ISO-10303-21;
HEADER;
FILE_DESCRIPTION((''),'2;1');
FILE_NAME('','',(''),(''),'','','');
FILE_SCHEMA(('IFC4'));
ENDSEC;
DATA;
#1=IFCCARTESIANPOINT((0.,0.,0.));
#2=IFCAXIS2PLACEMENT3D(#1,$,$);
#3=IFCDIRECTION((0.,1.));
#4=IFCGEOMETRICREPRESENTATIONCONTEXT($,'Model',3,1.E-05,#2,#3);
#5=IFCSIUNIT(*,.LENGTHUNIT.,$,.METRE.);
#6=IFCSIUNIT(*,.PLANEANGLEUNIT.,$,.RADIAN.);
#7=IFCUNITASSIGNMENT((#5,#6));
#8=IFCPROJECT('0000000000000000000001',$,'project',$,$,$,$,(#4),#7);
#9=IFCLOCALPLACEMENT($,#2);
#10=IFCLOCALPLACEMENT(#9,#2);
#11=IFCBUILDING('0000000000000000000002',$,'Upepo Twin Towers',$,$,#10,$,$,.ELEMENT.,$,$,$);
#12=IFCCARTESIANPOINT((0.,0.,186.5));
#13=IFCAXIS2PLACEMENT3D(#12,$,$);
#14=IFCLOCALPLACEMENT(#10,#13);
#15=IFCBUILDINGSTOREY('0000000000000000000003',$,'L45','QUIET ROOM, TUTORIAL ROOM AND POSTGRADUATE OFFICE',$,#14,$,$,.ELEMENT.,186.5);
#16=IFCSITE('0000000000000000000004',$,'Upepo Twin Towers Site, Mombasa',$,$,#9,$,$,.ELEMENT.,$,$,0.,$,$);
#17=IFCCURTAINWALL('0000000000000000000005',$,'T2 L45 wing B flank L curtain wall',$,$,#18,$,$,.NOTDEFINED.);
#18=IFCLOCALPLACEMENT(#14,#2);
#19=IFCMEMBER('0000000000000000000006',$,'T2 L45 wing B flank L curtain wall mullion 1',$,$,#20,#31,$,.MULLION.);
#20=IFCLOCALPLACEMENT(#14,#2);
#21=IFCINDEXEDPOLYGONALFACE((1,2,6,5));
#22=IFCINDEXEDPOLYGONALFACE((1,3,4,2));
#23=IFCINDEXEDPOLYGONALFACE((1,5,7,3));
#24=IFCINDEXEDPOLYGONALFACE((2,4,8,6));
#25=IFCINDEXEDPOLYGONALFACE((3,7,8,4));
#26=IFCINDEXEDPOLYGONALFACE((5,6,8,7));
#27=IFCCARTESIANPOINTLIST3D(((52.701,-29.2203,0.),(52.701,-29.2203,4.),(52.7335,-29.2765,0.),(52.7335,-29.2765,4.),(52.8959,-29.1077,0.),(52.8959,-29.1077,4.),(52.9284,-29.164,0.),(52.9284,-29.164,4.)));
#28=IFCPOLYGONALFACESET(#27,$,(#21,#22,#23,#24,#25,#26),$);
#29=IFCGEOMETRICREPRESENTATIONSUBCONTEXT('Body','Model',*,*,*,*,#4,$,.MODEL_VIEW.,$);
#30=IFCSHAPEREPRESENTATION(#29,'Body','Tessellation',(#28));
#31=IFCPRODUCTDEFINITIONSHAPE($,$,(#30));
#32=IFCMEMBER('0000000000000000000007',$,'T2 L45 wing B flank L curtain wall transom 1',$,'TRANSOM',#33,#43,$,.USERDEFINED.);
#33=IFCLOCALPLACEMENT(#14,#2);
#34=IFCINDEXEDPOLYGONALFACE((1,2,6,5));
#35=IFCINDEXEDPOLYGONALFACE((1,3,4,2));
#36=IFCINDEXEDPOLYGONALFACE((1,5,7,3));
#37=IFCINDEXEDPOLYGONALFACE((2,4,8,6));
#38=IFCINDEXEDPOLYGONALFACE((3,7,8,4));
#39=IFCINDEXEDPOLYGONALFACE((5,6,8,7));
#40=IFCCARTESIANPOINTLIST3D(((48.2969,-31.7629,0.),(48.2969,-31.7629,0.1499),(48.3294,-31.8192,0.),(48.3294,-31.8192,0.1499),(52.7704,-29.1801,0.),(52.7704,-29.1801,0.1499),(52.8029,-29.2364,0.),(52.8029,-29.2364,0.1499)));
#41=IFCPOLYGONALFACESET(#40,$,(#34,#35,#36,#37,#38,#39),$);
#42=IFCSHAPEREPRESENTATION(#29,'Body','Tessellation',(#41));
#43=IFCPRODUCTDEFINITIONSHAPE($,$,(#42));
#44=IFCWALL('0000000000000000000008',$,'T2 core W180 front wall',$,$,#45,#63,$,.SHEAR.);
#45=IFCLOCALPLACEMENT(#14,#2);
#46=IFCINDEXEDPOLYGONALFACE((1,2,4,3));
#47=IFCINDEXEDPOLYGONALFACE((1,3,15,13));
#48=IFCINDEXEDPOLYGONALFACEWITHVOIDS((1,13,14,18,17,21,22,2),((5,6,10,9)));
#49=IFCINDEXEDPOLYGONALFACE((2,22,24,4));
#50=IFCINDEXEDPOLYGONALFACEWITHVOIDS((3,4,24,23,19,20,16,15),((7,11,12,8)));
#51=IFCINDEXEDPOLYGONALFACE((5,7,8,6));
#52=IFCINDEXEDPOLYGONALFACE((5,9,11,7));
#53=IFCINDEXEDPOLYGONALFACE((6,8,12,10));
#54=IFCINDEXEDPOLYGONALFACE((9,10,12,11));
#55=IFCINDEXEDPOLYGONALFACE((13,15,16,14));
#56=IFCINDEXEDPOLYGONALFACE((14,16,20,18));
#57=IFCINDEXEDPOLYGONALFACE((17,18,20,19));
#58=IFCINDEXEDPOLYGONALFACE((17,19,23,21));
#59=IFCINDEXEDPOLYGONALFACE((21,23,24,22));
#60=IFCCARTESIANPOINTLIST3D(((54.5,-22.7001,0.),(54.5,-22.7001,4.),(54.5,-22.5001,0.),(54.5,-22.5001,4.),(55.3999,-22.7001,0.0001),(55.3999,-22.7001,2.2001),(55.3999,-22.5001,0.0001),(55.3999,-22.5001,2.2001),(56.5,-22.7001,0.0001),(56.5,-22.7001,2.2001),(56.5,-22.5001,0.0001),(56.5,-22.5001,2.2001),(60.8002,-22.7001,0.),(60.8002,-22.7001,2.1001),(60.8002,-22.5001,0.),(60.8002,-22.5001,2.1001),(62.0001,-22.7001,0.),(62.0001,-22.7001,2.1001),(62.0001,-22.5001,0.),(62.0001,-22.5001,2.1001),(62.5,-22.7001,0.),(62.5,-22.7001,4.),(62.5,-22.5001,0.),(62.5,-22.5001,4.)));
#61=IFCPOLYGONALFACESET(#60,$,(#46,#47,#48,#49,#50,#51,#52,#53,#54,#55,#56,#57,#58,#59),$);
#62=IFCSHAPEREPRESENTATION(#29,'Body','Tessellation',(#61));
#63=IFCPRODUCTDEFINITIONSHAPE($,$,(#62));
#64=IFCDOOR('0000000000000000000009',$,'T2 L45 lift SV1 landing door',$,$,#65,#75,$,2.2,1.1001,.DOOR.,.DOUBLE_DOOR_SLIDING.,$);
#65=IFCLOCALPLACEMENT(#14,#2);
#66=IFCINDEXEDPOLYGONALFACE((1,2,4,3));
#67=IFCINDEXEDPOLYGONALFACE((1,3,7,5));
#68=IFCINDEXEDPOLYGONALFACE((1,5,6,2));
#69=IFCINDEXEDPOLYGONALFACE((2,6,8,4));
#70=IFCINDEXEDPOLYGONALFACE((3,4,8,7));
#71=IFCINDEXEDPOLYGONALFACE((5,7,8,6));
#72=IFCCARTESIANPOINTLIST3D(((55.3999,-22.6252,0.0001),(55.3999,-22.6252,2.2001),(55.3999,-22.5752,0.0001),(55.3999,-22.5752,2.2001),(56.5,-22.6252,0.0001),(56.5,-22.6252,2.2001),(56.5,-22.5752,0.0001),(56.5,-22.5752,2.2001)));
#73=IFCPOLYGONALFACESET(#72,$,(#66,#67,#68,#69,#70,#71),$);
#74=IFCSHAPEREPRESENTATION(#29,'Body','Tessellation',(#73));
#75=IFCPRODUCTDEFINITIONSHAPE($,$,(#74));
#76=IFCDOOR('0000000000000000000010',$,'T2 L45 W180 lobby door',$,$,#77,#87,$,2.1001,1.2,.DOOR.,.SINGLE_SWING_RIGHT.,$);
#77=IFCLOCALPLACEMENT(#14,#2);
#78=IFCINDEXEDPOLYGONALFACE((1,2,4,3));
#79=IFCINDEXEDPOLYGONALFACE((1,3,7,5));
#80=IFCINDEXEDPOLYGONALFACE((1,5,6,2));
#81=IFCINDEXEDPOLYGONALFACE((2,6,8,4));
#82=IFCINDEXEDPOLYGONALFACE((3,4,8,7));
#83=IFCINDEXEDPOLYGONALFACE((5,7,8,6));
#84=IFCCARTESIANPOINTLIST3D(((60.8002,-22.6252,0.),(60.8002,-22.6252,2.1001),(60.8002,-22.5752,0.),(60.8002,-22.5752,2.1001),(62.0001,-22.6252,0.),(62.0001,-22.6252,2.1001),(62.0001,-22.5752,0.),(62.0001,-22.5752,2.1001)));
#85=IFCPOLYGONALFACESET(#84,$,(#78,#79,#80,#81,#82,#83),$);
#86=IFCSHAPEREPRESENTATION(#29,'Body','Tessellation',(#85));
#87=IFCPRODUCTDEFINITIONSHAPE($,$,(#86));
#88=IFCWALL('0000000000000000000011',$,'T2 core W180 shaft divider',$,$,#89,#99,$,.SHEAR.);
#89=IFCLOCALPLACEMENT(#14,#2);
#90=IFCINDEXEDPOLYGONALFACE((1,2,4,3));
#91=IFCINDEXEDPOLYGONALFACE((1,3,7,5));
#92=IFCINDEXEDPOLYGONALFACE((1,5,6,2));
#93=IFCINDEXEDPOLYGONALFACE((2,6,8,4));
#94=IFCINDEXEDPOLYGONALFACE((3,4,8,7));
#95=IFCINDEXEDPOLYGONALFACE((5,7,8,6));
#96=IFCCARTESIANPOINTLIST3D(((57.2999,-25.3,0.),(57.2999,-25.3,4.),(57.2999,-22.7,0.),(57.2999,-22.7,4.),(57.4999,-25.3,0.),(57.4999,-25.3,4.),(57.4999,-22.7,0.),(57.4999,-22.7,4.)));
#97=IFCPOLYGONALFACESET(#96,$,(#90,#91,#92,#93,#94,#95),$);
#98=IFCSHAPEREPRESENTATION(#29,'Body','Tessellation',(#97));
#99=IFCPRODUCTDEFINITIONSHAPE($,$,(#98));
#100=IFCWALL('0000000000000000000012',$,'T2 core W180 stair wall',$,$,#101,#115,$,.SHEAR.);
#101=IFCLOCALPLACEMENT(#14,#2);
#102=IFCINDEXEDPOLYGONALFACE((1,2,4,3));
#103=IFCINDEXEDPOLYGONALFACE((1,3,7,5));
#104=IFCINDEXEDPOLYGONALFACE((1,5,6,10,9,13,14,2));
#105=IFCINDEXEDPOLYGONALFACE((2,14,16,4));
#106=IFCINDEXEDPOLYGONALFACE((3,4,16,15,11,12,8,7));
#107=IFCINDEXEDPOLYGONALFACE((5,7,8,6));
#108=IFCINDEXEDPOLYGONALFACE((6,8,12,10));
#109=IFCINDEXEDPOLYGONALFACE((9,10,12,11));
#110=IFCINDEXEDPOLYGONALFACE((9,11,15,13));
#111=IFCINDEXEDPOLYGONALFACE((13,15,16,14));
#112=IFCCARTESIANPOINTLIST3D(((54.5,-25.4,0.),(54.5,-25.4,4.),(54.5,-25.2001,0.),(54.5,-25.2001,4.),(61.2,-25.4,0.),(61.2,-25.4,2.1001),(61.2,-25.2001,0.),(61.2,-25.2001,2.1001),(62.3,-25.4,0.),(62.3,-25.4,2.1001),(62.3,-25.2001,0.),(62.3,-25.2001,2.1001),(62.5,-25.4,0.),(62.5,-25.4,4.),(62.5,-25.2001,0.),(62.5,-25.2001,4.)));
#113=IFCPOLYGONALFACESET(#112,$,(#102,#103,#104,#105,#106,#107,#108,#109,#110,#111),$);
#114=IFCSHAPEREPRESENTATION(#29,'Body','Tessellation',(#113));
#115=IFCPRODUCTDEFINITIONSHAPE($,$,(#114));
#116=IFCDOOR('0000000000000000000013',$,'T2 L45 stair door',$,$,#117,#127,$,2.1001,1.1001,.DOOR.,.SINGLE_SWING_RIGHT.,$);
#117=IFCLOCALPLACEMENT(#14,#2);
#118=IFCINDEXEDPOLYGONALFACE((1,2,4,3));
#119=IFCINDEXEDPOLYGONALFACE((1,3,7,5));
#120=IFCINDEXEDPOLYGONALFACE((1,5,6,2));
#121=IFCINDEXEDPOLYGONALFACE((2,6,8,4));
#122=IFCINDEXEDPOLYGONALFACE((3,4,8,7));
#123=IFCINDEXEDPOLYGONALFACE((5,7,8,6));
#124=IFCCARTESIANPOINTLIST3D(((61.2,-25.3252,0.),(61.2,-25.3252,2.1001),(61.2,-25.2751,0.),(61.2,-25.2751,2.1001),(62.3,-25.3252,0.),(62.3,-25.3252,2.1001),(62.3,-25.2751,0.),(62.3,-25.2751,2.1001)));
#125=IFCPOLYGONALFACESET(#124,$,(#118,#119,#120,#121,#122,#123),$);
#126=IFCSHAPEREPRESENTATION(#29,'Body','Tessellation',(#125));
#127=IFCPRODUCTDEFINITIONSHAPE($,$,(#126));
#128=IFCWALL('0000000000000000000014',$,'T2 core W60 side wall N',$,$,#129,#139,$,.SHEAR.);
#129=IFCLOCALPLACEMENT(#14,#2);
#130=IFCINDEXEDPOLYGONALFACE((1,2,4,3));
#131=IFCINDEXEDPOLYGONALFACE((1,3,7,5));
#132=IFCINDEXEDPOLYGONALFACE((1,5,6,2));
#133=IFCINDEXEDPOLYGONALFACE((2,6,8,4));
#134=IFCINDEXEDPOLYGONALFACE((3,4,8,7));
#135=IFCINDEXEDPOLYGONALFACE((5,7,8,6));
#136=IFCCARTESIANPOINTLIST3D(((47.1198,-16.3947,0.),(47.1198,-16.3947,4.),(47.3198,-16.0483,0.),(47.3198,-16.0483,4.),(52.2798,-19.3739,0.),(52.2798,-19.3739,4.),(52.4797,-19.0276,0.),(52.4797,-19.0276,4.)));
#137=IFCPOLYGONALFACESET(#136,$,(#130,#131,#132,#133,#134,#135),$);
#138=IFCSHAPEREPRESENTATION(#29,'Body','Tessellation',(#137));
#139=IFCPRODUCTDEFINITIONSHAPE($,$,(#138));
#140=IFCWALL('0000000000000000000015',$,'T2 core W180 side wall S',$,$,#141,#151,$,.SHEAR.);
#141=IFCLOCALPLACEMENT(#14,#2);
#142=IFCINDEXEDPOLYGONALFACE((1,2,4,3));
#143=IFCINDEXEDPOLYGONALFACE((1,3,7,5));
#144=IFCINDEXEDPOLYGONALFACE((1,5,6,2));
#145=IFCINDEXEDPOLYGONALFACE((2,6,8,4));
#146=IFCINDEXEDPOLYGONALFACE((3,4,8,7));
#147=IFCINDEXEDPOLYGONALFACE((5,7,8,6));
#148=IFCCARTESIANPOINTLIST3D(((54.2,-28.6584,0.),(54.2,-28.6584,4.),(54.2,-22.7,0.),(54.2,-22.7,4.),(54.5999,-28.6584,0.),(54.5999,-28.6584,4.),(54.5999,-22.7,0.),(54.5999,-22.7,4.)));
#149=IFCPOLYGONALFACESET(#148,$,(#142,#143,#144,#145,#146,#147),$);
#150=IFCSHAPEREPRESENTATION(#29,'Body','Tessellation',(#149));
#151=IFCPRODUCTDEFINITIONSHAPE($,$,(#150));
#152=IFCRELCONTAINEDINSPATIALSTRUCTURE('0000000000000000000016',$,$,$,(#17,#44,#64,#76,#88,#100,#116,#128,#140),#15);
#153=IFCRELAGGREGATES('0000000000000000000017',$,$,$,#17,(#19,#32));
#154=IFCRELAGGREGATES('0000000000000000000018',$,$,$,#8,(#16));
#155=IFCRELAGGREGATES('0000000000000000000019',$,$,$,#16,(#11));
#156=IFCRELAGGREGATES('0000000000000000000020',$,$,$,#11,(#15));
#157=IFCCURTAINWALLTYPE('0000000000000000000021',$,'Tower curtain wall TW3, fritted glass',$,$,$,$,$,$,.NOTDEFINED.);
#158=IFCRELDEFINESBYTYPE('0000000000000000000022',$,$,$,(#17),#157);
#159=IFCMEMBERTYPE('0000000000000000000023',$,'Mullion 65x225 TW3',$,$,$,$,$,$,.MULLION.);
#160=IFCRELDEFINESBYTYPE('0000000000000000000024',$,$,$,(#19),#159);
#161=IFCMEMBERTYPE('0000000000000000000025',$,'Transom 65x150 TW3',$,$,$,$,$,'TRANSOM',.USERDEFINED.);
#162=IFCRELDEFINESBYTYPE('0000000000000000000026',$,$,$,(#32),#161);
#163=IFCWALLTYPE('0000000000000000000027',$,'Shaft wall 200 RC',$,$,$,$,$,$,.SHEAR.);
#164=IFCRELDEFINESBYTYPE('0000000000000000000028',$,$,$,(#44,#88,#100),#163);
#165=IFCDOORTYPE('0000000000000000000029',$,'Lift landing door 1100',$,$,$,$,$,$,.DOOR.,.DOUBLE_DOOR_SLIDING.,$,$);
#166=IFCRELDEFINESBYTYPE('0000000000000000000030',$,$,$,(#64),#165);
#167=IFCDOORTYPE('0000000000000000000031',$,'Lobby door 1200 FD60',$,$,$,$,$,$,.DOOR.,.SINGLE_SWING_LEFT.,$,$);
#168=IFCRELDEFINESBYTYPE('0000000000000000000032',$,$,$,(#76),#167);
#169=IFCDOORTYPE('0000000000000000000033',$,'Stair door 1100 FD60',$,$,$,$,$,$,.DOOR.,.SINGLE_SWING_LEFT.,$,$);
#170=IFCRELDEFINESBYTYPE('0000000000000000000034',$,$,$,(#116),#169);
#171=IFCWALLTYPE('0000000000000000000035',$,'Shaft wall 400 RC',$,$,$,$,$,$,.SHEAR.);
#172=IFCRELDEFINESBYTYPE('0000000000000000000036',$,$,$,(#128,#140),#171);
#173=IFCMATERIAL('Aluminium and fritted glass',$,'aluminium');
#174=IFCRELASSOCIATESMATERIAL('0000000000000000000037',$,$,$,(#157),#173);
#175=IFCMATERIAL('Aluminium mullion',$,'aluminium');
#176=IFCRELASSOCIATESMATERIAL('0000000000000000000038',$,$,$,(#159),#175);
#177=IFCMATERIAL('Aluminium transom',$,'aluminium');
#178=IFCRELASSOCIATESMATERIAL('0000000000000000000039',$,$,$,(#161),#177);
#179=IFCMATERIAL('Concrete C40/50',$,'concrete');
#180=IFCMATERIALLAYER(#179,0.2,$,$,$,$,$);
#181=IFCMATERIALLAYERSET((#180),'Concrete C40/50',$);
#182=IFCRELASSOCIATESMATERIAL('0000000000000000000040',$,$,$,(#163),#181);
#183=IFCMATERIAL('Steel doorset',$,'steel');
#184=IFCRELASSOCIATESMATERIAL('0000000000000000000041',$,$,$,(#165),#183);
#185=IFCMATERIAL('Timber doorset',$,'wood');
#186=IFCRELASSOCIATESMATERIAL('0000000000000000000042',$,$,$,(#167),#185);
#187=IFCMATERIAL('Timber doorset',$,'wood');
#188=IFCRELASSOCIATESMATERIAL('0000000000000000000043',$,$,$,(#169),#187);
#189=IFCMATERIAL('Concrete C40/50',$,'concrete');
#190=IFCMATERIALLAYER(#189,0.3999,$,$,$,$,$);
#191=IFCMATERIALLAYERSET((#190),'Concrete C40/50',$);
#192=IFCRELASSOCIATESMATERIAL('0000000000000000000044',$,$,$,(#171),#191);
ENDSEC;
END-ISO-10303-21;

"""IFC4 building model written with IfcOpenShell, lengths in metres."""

from ifc_helpers import new_model, si_unit, direction, frame, frame_2d, origin, origin_2d, place, context, subcontext, project, spatial, rectangle, extrude, material, layer, layer_set, material_profile, profile_set, type_object, element, fill, aggregate, save


model = new_model("IFC4")

# Units and contexts
model_context = context("Model", 3, precision=1e-05, world=origin(), true_north=direction((0.0, 1.0)))
body_context = subcontext(model_context, "Body", "Model", "MODEL_VIEW")
ifc_project = project(units=[si_unit("LENGTHUNIT", "METRE"), si_unit("PLANEANGLEUNIT", "RADIAN")], contexts=[model_context])

# Site, building, storey
site_placement = place(None, origin())
site = spatial("IfcSite", under=ifc_project, at=site_placement, Name="Upepo Twin Towers Site, Mombasa", CompositionType="ELEMENT", RefElevation=0.0)
building_placement = place(site_placement, origin())
building = spatial("IfcBuilding", under=site, at=building_placement, Name="Upepo Twin Towers", CompositionType="ELEMENT")
storey_placement = place(building_placement, frame((0.0, 0.0, 186.5)))
storey = spatial("IfcBuildingStorey", under=building, at=storey_placement, Name="L45", Description="QUIET ROOM, TUTORIAL ROOM AND POSTGRADUATE OFFICE", CompositionType="ELEMENT", Elevation=186.5)

# Curtain wall, members
ifc_material_1 = material(Name="Aluminium and fritted glass", Category="aluminium")
curtain_wall_type = type_object("IfcCurtainWallType", Name="Tower curtain wall TW3, fritted glass", PredefinedType="NOTDEFINED", material=ifc_material_1)
curtain_wall_placement = place(storey_placement, origin())
curtain_wall = element("IfcCurtainWall", 1, at=curtain_wall_placement, inside=storey, type_object=curtain_wall_type, Name="T2 L45 wing B flank L curtain wall", PredefinedType="NOTDEFINED")
ifc_material_2 = material(Name="Aluminium mullion", Category="aluminium")
ifc_material_profile_1 = material_profile(ifc_material_2, rectangle(XDim=0.0649, YDim=0.2251, at=origin_2d()), Name="MULLION 65x225")
ifc_profile_set_1 = profile_set([ifc_material_profile_1], Name="Aluminium mullion")
member_type_1 = type_object("IfcMemberType", Name="Mullion 65x225 TW3", PredefinedType="MULLION", material=ifc_profile_set_1)
member_1_placement = place(storey_placement, frame((52.8147, -29.1921, 0.0), z_axis=(0.0, 0.0, 1.0), x_axis=(0.5, -0.866025, 0.0)))
member_1 = element("IfcMember", 2, at=member_1_placement, type_object=member_type_1, Name="T2 L45 wing B flank L curtain wall mullion 1", PredefinedType="MULLION", context=body_context, shape_type="SweptSolid", body=[
    extrude(rectangle(XDim=0.0649, YDim=0.2251, at=origin_2d()), origin(), (0.0, 0.0, 1.0), 4.0),
])
ifc_material_3 = material(Name="Aluminium transom", Category="aluminium")
ifc_material_profile_2 = material_profile(ifc_material_3, rectangle(XDim=0.0649, YDim=0.1499, at=origin_2d()), Name="TRANSOM 65x150")
ifc_profile_set_2 = profile_set([ifc_material_profile_2], Name="Aluminium transom")
member_type_2 = type_object("IfcMemberType", Name="Transom 65x150 TW3", ElementType="TRANSOM", PredefinedType="USERDEFINED", material=ifc_profile_set_2)
member_2_placement = place(storey_placement, frame((52.7866, -29.2083, 0.075), z_axis=(-0.866021, -0.500007, 0.0), x_axis=(0.500007, -0.866021, 0.0)))
member_2 = element("IfcMember", 3, at=member_2_placement, type_object=member_type_2, Name="T2 L45 wing B flank L curtain wall transom 1", ObjectType="TRANSOM", PredefinedType="USERDEFINED", context=body_context, shape_type="SweptSolid", body=[
    extrude(rectangle(XDim=0.0649, YDim=0.1499, at=origin_2d()), origin(), (0.0, 0.0, 1.0), 5.1655),
])
aggregate(curtain_wall, [member_1, member_2])

# Wall, openings, doors
ifc_material_4 = material(Name="Concrete C40/50", Category="concrete")
ifc_layer_1 = layer(ifc_material_4, 0.2)
ifc_layer_set_1 = layer_set([ifc_layer_1], Name="Concrete C40/50")
wall_type_1 = type_object("IfcWallType", Name="Shaft wall 200 RC", PredefinedType="SHEAR", material=ifc_layer_set_1)
wall_1_placement = place(storey_placement, frame((54.5, -22.6001, 0.0), z_axis=(0.0, 0.0, 1.0), x_axis=(1.0, 0.0, 0.0)))
wall_1 = element("IfcWall", 4, at=wall_1_placement, inside=storey, type_object=wall_type_1, Name="T2 core W180 front wall", PredefinedType="SHEAR", context=body_context, shape_type="SweptSolid", body=[
    extrude(rectangle(XDim=8.0, YDim=0.2, at=frame_2d((4.0, 0.0))), origin(), (0.0, 0.0, 1.0), 4.0),
])
opening_1_placement = place(wall_1_placement, frame((6.3, 0.0, 0.0)))
opening_1 = element("IfcOpeningElement", 5, at=opening_1_placement, cuts=wall_1, PredefinedType="OPENING", context=body_context, shape_type="SweptSolid", body=[
    extrude(rectangle(XDim=1.2, YDim=2.1001, at=frame_2d((0.6001, 1.05))), frame((0.0, 0.1099, 0.0), z_axis=(0.0, -1.0, 0.0), x_axis=(1.0, 0.0, 0.0)), (0.0, 0.0, 1.0), 0.22),
])
opening_2_placement = place(wall_1_placement, frame((0.8999, 0.0, 0.0)))
opening_2 = element("IfcOpeningElement", 6, at=opening_2_placement, cuts=wall_1, PredefinedType="OPENING", context=body_context, shape_type="SweptSolid", body=[
    extrude(rectangle(XDim=1.1001, YDim=2.2, at=frame_2d((0.55, 1.1001))), frame((0.0, 0.1099, 0.0), z_axis=(0.0, -1.0, 0.0), x_axis=(1.0, 0.0, 0.0)), (0.0, 0.0, 1.0), 0.22),
])
ifc_material_5 = material(Name="Steel doorset", Category="steel")
door_type_1 = type_object("IfcDoorType", Name="Lift landing door 1100", OperationType="DOUBLE_DOOR_SLIDING", PredefinedType="DOOR", material=ifc_material_5)
door_1_placement = place(opening_2_placement, origin())
door_1 = element("IfcDoor", 7, at=door_1_placement, inside=storey, type_object=door_type_1, Name="T2 L45 lift SV1 landing door", OperationType="DOUBLE_DOOR_SLIDING", OverallHeight=2.2, OverallWidth=1.1001, PredefinedType="DOOR", context=body_context, shape_type="SweptSolid", body=[
    extrude(rectangle(XDim=1.1001, YDim=2.2, at=frame_2d((0.55, 1.1001))), frame((0.0, 0.0249, 0.0), z_axis=(0.0, -1.0, 0.0), x_axis=(1.0, 0.0, 0.0)), (0.0, 0.0, 1.0), 0.05),
])
fill(opening_2, door_1)
ifc_material_6 = material(Name="Timber doorset", Category="wood")
door_type_2 = type_object("IfcDoorType", Name="Lobby door 1200 FD60", OperationType="SINGLE_SWING_LEFT", PredefinedType="DOOR", material=ifc_material_6)
door_2_placement = place(opening_1_placement, origin())
door_2 = element("IfcDoor", 8, at=door_2_placement, inside=storey, type_object=door_type_2, Name="T2 L45 W180 lobby door", OperationType="SINGLE_SWING_RIGHT", OverallHeight=2.1001, OverallWidth=1.2, PredefinedType="DOOR", context=body_context, shape_type="SweptSolid", body=[
    extrude(rectangle(XDim=1.2, YDim=2.1001, at=frame_2d((0.6001, 1.05))), frame((0.0, 0.0249, 0.0), z_axis=(0.0, -1.0, 0.0), x_axis=(1.0, 0.0, 0.0)), (0.0, 0.0, 1.0), 0.05),
])
fill(opening_1, door_2)

# Wall
wall_2_placement = place(storey_placement, frame((57.3999, -22.7, 0.0), z_axis=(0.0, 0.0, 1.0), x_axis=(0.0, -1.0, 0.0)))
element("IfcWall", 9, at=wall_2_placement, inside=storey, type_object=wall_type_1, Name="T2 core W180 shaft divider", PredefinedType="SHEAR", context=body_context, shape_type="SweptSolid", body=[
    extrude(rectangle(XDim=2.6001, YDim=0.2, at=frame_2d((1.3, 0.0))), origin(), (0.0, 0.0, 1.0), 4.0),
])

# Wall, opening, door
wall_3_placement = place(storey_placement, frame((54.5, -25.3, 0.0), z_axis=(0.0, 0.0, 1.0), x_axis=(1.0, 0.0, 0.0)))
wall_3 = element("IfcWall", 10, at=wall_3_placement, inside=storey, type_object=wall_type_1, Name="T2 core W180 stair wall", PredefinedType="SHEAR", context=body_context, shape_type="SweptSolid", body=[
    extrude(rectangle(XDim=8.0, YDim=0.2, at=frame_2d((4.0, 0.0))), origin(), (0.0, 0.0, 1.0), 4.0),
])
opening_3_placement = place(wall_3_placement, frame((6.7, 0.0, 0.0)))
opening_3 = element("IfcOpeningElement", 11, at=opening_3_placement, cuts=wall_3, PredefinedType="OPENING", context=body_context, shape_type="SweptSolid", body=[
    extrude(rectangle(XDim=1.1001, YDim=2.1001, at=frame_2d((0.55, 1.05))), frame((0.0, 0.1099, 0.0), z_axis=(0.0, -1.0, 0.0), x_axis=(1.0, 0.0, 0.0)), (0.0, 0.0, 1.0), 0.22),
])
ifc_material_7 = material(Name="Timber doorset", Category="wood")
door_type_3 = type_object("IfcDoorType", Name="Stair door 1100 FD60", OperationType="SINGLE_SWING_LEFT", PredefinedType="DOOR", material=ifc_material_7)
door_3_placement = place(opening_3_placement, origin())
door_3 = element("IfcDoor", 12, at=door_3_placement, inside=storey, type_object=door_type_3, Name="T2 L45 stair door", OperationType="SINGLE_SWING_RIGHT", OverallHeight=2.1001, OverallWidth=1.1001, PredefinedType="DOOR", context=body_context, shape_type="SweptSolid", body=[
    extrude(rectangle(XDim=1.1001, YDim=2.1001, at=frame_2d((0.55, 1.05))), frame((0.0, 0.0249, 0.0), z_axis=(0.0, -1.0, 0.0), x_axis=(1.0, 0.0, 0.0)), (0.0, 0.0, 1.0), 0.05),
])
fill(opening_3, door_3)

# Walls
ifc_material_8 = material(Name="Concrete C40/50", Category="concrete")
ifc_layer_2 = layer(ifc_material_8, 0.3999)
ifc_layer_set_2 = layer_set([ifc_layer_2], Name="Concrete C40/50")
wall_type_2 = type_object("IfcWallType", Name="Shaft wall 400 RC", PredefinedType="SHEAR", material=ifc_layer_set_2)
wall_4_placement = place(storey_placement, frame((52.3796, -19.2007, 0.0), z_axis=(0.0, 0.0, 1.0), x_axis=(-0.866013, 0.500022, 0.0)))
element("IfcWall", 13, at=wall_4_placement, inside=storey, type_object=wall_type_2, Name="T2 core W60 side wall N", PredefinedType="SHEAR", context=body_context, shape_type="SweptSolid", body=[
    extrude(rectangle(XDim=5.9583, YDim=0.3999, at=frame_2d((2.979, 0.0))), origin(), (0.0, 0.0, 1.0), 4.0),
])
wall_5_placement = place(storey_placement, frame((54.3999, -22.7, 0.0), z_axis=(0.0, 0.0, 1.0), x_axis=(0.0, -1.0, 0.0)))
element("IfcWall", 14, at=wall_5_placement, inside=storey, type_object=wall_type_2, Name="T2 core W180 side wall S", PredefinedType="SHEAR", context=body_context, shape_type="SweptSolid", body=[
    extrude(rectangle(XDim=5.9585, YDim=0.3999, at=frame_2d((2.9792, 0.0))), origin(), (0.0, 0.0, 1.0), 4.0),
])

save(model, "model.ifc")
